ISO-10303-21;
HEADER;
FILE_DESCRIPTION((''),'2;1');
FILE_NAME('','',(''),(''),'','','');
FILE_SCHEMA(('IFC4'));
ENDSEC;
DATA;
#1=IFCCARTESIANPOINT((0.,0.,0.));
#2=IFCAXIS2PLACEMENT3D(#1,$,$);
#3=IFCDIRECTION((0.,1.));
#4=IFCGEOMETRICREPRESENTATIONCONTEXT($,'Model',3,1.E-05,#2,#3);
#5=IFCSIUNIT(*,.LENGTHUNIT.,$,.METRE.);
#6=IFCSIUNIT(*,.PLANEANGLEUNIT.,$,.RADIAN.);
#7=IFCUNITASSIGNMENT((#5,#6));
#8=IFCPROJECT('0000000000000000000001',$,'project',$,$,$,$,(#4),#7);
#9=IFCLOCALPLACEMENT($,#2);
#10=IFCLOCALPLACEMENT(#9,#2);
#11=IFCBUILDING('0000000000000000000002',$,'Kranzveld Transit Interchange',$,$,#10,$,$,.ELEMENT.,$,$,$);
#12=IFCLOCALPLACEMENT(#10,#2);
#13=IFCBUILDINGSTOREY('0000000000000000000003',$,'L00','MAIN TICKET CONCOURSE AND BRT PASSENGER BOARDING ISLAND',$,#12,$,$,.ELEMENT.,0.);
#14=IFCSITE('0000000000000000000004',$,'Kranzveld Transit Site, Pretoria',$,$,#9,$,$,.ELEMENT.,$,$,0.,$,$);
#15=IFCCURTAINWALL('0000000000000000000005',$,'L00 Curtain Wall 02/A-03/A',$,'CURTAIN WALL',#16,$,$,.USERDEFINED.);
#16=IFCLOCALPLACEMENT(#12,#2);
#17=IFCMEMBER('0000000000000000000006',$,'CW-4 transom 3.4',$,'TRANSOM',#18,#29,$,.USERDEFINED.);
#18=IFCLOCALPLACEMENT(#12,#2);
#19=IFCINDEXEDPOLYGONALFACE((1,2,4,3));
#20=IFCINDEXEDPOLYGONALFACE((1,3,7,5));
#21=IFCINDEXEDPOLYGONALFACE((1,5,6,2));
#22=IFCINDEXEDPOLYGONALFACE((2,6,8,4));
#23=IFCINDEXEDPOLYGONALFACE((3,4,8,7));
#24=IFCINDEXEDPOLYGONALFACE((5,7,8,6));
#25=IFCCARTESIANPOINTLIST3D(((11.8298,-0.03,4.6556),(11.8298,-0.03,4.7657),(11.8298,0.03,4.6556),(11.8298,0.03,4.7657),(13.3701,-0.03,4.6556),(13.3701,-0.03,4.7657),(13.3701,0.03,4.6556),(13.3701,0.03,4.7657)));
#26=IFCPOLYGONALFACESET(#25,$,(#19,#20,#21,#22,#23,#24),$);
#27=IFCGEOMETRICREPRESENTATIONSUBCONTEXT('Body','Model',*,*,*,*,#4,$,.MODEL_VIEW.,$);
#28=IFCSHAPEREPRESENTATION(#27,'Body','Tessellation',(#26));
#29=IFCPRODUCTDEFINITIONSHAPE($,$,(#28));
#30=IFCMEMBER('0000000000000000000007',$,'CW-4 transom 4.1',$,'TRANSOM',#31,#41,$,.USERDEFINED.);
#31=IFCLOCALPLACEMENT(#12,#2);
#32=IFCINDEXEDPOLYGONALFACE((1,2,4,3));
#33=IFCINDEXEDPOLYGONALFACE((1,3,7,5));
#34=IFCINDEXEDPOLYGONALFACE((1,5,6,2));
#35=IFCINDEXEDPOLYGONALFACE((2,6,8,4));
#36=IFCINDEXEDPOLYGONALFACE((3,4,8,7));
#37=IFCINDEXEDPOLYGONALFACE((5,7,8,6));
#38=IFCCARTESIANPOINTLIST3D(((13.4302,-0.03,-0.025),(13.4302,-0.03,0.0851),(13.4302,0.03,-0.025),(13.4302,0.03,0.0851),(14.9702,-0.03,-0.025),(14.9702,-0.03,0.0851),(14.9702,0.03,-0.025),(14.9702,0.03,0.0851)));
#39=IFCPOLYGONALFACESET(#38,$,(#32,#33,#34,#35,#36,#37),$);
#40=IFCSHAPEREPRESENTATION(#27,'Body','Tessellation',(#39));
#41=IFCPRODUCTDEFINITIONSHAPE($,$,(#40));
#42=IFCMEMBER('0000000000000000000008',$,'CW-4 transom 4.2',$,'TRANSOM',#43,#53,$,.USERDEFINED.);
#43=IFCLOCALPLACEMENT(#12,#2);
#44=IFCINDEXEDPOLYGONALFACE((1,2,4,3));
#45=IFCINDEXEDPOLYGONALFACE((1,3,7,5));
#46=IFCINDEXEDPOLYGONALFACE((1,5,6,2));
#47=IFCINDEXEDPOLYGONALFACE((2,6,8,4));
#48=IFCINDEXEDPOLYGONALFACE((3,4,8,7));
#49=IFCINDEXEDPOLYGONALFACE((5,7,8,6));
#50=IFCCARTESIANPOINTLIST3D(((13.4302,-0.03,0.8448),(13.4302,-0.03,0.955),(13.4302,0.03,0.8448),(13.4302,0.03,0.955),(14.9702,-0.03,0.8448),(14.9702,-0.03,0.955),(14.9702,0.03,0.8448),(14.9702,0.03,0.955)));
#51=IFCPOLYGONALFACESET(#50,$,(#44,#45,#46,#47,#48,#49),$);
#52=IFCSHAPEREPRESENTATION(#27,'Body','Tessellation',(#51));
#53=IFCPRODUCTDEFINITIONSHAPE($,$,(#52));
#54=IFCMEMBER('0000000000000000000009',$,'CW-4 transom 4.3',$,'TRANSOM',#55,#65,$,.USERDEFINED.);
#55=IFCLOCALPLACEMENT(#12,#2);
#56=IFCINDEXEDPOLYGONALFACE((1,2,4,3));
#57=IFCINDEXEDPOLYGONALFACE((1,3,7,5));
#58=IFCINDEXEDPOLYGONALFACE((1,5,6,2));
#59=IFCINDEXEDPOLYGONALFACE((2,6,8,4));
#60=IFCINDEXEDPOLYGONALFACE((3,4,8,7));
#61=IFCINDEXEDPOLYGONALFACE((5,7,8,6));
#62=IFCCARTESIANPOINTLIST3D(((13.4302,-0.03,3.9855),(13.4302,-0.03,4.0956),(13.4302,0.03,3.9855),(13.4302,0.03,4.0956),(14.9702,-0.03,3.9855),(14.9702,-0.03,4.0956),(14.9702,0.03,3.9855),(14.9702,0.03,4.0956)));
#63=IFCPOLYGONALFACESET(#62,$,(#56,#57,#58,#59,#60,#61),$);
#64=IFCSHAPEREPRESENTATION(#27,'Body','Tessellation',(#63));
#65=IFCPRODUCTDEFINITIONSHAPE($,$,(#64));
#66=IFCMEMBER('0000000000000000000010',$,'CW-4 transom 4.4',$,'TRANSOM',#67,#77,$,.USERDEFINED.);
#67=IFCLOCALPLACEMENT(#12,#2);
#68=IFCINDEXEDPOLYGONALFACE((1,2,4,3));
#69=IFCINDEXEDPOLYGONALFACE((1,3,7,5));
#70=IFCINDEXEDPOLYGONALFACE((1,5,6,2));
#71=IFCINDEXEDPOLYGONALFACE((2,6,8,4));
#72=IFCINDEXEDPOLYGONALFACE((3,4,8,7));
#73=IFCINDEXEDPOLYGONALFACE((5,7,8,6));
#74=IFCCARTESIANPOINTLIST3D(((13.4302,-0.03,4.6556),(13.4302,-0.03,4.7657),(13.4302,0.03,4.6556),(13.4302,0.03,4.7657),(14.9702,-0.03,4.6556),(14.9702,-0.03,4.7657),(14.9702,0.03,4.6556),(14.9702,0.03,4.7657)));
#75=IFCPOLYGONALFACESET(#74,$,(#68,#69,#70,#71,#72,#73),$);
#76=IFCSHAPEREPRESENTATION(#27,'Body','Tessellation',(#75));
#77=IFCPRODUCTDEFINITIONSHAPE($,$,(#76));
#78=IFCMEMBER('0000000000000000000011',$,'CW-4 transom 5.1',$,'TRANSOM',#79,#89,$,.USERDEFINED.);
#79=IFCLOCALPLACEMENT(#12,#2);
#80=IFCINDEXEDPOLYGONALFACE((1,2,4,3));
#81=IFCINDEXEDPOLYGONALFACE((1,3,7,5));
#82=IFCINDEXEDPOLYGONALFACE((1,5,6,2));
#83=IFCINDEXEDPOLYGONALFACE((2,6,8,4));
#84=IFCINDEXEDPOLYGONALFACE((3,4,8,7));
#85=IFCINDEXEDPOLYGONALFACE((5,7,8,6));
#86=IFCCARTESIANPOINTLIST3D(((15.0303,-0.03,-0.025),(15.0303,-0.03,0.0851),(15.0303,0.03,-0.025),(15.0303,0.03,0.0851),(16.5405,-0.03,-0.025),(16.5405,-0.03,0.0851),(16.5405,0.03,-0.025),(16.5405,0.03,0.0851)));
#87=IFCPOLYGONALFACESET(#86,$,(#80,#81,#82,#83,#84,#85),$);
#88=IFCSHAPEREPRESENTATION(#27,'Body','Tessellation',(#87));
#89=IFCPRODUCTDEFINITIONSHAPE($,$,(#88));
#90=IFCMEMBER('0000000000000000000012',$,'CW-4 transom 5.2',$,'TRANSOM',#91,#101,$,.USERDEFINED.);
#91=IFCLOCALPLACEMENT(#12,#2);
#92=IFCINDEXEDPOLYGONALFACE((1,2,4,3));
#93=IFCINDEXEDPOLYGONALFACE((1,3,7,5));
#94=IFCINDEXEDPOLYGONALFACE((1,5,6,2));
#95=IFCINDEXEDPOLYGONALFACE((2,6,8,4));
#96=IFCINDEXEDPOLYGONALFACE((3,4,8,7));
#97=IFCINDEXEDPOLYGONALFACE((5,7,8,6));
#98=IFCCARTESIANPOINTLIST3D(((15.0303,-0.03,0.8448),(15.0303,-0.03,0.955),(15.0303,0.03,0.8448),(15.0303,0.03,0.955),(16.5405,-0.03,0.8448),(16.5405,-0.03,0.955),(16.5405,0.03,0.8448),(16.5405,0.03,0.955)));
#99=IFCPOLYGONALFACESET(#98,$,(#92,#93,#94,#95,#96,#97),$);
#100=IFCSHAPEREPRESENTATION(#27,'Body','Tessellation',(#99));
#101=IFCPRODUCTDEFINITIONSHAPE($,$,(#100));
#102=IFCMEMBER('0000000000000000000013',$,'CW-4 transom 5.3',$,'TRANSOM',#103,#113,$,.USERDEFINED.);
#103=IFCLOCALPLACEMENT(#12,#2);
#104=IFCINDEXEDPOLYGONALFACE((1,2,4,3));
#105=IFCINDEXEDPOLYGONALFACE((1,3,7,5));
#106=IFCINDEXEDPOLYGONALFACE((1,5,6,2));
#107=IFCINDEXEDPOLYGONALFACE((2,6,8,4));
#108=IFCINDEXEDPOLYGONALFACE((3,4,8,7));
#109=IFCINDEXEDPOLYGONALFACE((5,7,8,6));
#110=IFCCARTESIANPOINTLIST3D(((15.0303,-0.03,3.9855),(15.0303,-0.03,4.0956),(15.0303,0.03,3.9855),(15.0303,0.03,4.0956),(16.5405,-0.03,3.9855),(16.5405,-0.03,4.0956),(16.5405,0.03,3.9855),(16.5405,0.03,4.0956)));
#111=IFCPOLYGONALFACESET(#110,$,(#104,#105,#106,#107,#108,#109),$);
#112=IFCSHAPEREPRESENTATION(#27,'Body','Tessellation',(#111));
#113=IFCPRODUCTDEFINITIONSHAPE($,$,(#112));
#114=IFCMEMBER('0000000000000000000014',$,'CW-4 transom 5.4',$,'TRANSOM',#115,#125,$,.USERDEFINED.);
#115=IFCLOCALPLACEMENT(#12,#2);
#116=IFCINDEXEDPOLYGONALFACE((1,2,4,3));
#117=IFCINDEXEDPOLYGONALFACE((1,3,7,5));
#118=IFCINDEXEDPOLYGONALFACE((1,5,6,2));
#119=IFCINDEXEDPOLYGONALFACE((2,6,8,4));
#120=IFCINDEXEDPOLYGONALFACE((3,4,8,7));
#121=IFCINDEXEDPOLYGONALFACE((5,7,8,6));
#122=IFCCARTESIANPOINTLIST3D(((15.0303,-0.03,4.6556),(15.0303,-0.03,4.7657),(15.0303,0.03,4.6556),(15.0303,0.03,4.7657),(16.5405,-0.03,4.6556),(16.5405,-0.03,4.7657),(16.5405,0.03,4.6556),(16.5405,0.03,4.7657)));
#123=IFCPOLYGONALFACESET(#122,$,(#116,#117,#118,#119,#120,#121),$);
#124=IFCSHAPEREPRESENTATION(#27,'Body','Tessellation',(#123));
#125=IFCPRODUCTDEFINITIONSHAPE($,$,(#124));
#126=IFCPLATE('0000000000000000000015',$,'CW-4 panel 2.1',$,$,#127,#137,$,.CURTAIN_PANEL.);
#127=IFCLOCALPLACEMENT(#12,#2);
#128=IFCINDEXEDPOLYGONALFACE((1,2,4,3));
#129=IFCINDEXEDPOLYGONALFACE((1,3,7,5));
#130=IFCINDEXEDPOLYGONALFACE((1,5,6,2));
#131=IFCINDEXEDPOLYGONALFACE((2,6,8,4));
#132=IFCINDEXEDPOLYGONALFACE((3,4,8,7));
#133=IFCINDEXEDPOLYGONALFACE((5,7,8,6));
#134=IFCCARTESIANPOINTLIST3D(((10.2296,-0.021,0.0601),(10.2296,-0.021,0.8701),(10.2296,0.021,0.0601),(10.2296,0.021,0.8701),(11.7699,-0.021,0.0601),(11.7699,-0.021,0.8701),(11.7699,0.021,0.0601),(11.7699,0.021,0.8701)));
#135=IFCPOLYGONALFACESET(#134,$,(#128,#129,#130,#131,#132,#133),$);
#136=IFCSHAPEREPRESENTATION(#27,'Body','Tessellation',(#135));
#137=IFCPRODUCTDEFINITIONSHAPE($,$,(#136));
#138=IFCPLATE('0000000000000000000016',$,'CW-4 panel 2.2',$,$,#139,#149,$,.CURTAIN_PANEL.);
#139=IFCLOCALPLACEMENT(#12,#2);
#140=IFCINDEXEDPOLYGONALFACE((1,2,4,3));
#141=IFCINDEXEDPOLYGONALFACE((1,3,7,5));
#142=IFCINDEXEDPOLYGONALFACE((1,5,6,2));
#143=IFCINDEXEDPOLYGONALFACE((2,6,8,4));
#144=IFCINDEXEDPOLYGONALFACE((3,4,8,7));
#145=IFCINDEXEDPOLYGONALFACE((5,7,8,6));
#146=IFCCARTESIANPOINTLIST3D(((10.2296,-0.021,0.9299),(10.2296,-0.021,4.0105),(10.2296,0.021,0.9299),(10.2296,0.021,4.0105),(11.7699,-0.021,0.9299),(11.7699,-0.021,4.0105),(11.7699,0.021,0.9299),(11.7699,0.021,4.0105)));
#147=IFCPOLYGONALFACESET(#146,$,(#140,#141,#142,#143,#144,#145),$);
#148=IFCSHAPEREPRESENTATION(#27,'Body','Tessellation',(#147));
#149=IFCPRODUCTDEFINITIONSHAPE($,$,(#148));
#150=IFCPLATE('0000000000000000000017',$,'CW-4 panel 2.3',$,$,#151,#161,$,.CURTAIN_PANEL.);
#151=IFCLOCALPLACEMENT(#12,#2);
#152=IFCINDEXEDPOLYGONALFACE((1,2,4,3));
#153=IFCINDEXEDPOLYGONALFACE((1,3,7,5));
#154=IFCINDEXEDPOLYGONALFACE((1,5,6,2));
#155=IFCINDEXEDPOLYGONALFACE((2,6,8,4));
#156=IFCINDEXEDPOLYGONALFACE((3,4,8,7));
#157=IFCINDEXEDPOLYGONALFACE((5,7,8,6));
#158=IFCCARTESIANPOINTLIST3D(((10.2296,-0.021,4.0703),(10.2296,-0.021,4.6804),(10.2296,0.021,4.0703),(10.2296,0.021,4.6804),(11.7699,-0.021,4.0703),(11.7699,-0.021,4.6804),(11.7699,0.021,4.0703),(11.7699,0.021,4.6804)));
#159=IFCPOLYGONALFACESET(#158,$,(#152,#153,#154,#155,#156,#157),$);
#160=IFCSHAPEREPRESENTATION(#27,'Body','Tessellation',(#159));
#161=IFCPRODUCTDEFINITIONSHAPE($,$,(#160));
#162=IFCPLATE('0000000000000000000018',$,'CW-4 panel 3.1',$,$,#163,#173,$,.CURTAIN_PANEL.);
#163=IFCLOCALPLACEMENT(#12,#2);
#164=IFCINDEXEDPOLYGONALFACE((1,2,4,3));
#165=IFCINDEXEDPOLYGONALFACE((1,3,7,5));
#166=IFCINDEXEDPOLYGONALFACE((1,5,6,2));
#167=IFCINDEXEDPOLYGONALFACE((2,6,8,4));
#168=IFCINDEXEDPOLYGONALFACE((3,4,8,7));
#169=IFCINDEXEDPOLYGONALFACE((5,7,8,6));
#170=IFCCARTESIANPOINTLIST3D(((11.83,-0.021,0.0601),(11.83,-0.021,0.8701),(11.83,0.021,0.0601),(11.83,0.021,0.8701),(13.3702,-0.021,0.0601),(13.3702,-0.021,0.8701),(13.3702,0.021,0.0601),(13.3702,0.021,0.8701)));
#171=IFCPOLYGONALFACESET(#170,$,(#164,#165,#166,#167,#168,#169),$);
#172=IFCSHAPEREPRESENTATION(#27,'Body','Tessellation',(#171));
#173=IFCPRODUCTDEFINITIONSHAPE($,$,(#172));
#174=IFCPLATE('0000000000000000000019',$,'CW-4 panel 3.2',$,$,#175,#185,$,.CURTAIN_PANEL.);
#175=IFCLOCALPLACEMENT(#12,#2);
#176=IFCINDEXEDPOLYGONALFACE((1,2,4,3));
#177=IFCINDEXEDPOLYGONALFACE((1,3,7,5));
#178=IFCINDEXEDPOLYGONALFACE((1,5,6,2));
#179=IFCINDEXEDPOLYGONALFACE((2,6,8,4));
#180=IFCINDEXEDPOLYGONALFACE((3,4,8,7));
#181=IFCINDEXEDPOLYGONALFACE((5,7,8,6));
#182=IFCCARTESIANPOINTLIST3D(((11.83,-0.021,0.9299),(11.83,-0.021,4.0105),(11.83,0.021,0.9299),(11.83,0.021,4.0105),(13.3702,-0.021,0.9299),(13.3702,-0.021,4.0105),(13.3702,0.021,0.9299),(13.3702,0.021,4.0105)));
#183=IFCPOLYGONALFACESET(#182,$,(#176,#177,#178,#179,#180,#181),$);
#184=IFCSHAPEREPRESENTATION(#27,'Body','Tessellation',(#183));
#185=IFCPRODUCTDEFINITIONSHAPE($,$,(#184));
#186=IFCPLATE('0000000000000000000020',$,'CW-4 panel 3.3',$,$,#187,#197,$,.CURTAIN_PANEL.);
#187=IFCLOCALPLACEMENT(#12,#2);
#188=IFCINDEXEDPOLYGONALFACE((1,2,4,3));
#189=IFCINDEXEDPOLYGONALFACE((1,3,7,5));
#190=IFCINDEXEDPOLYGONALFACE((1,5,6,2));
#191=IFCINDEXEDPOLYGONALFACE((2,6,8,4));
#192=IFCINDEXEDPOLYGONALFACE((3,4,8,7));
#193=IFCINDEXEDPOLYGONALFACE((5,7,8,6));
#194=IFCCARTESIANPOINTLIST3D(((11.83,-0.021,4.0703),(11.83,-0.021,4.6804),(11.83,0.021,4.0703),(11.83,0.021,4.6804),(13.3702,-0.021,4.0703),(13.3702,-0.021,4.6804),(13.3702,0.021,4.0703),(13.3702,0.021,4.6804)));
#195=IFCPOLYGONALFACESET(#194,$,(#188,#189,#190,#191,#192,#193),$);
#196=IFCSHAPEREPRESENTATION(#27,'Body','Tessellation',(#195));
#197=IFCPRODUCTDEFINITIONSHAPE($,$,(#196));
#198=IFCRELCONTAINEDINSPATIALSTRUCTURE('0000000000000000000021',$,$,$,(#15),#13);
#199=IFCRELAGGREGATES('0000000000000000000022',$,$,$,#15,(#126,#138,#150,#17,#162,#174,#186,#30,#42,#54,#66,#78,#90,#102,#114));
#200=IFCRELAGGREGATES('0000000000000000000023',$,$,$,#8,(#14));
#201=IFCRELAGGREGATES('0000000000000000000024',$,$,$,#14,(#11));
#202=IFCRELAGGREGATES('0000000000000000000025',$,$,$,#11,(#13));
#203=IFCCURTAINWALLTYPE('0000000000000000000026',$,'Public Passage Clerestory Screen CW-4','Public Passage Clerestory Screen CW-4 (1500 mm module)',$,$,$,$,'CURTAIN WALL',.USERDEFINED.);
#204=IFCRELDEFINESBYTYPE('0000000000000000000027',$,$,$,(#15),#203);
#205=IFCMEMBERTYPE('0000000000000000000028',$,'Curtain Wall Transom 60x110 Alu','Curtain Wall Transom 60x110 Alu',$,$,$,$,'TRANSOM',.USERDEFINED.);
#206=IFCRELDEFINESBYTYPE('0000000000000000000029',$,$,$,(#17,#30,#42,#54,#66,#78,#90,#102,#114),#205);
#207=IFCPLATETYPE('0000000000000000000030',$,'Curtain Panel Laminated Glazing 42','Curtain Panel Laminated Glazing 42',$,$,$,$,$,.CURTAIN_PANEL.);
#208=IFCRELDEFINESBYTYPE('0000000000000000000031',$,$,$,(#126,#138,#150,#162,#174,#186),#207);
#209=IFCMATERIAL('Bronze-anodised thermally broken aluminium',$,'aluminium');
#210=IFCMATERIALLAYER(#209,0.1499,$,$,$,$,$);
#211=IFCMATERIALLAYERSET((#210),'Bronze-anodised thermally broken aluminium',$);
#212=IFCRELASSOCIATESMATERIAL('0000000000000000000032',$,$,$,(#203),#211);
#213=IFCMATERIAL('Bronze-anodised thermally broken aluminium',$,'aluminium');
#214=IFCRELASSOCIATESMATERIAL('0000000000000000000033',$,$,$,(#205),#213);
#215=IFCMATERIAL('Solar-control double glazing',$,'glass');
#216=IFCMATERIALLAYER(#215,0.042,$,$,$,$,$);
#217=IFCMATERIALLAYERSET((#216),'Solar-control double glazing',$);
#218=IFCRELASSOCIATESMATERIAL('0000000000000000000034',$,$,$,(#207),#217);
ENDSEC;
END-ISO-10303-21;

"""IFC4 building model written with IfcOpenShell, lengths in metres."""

from ifc_helpers import new_model, si_unit, direction, frame, origin, origin_2d, place, context, subcontext, project, spatial, rectangle, extrude, material, layer, layer_set, material_profile, profile_set, type_object, element, aggregate, save


model = new_model("IFC4")

# Units and contexts
model_context = context("Model", 3, precision=1e-05, world=origin(), true_north=direction((0.0, 1.0)))
body_context = subcontext(model_context, "Body", "Model", "MODEL_VIEW")
ifc_project = project(units=[si_unit("LENGTHUNIT", "METRE"), si_unit("PLANEANGLEUNIT", "RADIAN")], contexts=[model_context])

# Site, building, storey
site_placement = place(None, origin())
site = spatial("IfcSite", under=ifc_project, at=site_placement, Name="Kranzveld Transit Site, Pretoria", CompositionType="ELEMENT", RefElevation=0.0)
building_placement = place(site_placement, origin())
building = spatial("IfcBuilding", under=site, at=building_placement, Name="Kranzveld Transit Interchange", CompositionType="ELEMENT")
storey_placement = place(building_placement, origin())
storey = spatial("IfcBuildingStorey", under=building, at=storey_placement, Name="L00", Description="MAIN TICKET CONCOURSE AND BRT PASSENGER BOARDING ISLAND", CompositionType="ELEMENT", Elevation=0.0)

# Curtain wall, members, plates
ifc_material_1 = material(Name="Bronze-anodised thermally broken aluminium", Category="aluminium")
ifc_layer_1 = layer(ifc_material_1, 0.1499)
ifc_layer_set_1 = layer_set([ifc_layer_1], Name="Bronze-anodised thermally broken aluminium")
curtain_wall_type = type_object("IfcCurtainWallType", Name="Public Passage Clerestory Screen CW-4", Description="Public Passage Clerestory Screen CW-4 (1500 mm module)", ElementType="CURTAIN WALL", PredefinedType="USERDEFINED", material=ifc_layer_set_1)
curtain_wall_placement = place(storey_placement, origin())
curtain_wall = element("IfcCurtainWall", 1, at=curtain_wall_placement, inside=storey, type_object=curtain_wall_type, Name="L00 Curtain Wall 02/A-03/A", ObjectType="CURTAIN WALL", PredefinedType="USERDEFINED")
ifc_material_2 = material(Name="Bronze-anodised thermally broken aluminium", Category="aluminium")
ifc_material_profile_1 = material_profile(ifc_material_2, rectangle(XDim=0.0601, YDim=0.1101, at=origin_2d()), Name="ALU TRANSOM 60x110")
ifc_profile_set_1 = profile_set([ifc_material_profile_1], Name="Bronze-anodised thermally broken aluminium")
member_type_1 = type_object("IfcMemberType", Name="Curtain Wall Transom 60x110 Alu", Description="Curtain Wall Transom 60x110 Alu", ElementType="TRANSOM", PredefinedType="USERDEFINED", material=ifc_profile_set_1)
member_1_placement = place(storey_placement, frame((11.8298, 0.0, 4.7107), z_axis=(1.0, 0.0, 0.0), x_axis=(0.0, 1.0, 0.0)))
member_1 = element("IfcMember", 2, at=member_1_placement, type_object=member_type_1, Name="CW-4 transom 3.4", ObjectType="TRANSOM", PredefinedType="USERDEFINED", context=body_context, shape_type="SweptSolid", body=[
    extrude(rectangle(XDim=0.0601, YDim=0.1101, at=origin_2d()), origin(), (0.0, 0.0, 1.0), 1.5403),
])
member_2_placement = place(storey_placement, frame((13.4302, 0.0, 0.03), z_axis=(1.0, 0.0, 0.0), x_axis=(0.0, 1.0, 0.0)))
member_2 = element("IfcMember", 3, at=member_2_placement, type_object=member_type_1, Name="CW-4 transom 4.1", ObjectType="TRANSOM", PredefinedType="USERDEFINED", context=body_context, shape_type="SweptSolid", body=[
    extrude(rectangle(XDim=0.0601, YDim=0.1101, at=origin_2d()), origin(), (0.0, 0.0, 1.0), 1.54),
])
member_3_placement = place(storey_placement, frame((13.4302, 0.0, 0.8999), z_axis=(1.0, 0.0, 0.0), x_axis=(0.0, 1.0, 0.0)))
member_3 = element("IfcMember", 4, at=member_3_placement, type_object=member_type_1, Name="CW-4 transom 4.2", ObjectType="TRANSOM", PredefinedType="USERDEFINED", context=body_context, shape_type="SweptSolid", body=[
    extrude(rectangle(XDim=0.0601, YDim=0.1101, at=origin_2d()), origin(), (0.0, 0.0, 1.0), 1.54),
])
member_4_placement = place(storey_placement, frame((13.4302, 0.0, 4.0405), z_axis=(1.0, 0.0, 0.0), x_axis=(0.0, 1.0, 0.0)))
member_4 = element("IfcMember", 5, at=member_4_placement, type_object=member_type_1, Name="CW-4 transom 4.3", ObjectType="TRANSOM", PredefinedType="USERDEFINED", context=body_context, shape_type="SweptSolid", body=[
    extrude(rectangle(XDim=0.0601, YDim=0.1101, at=origin_2d()), origin(), (0.0, 0.0, 1.0), 1.54),
])
member_5_placement = place(storey_placement, frame((13.4302, 0.0, 4.7107), z_axis=(1.0, 0.0, 0.0), x_axis=(0.0, 1.0, 0.0)))
member_5 = element("IfcMember", 6, at=member_5_placement, type_object=member_type_1, Name="CW-4 transom 4.4", ObjectType="TRANSOM", PredefinedType="USERDEFINED", context=body_context, shape_type="SweptSolid", body=[
    extrude(rectangle(XDim=0.0601, YDim=0.1101, at=origin_2d()), origin(), (0.0, 0.0, 1.0), 1.54),
])
member_6_placement = place(storey_placement, frame((15.0303, 0.0, 0.03), z_axis=(1.0, 0.0, 0.0), x_axis=(0.0, 1.0, 0.0)))
member_6 = element("IfcMember", 7, at=member_6_placement, type_object=member_type_1, Name="CW-4 transom 5.1", ObjectType="TRANSOM", PredefinedType="USERDEFINED", context=body_context, shape_type="SweptSolid", body=[
    extrude(rectangle(XDim=0.0601, YDim=0.1101, at=origin_2d()), origin(), (0.0, 0.0, 1.0), 1.5103),
])
member_7_placement = place(storey_placement, frame((15.0303, 0.0, 0.8999), z_axis=(1.0, 0.0, 0.0), x_axis=(0.0, 1.0, 0.0)))
member_7 = element("IfcMember", 8, at=member_7_placement, type_object=member_type_1, Name="CW-4 transom 5.2", ObjectType="TRANSOM", PredefinedType="USERDEFINED", context=body_context, shape_type="SweptSolid", body=[
    extrude(rectangle(XDim=0.0601, YDim=0.1101, at=origin_2d()), origin(), (0.0, 0.0, 1.0), 1.5103),
])
member_8_placement = place(storey_placement, frame((15.0303, 0.0, 4.0405), z_axis=(1.0, 0.0, 0.0), x_axis=(0.0, 1.0, 0.0)))
member_8 = element("IfcMember", 9, at=member_8_placement, type_object=member_type_1, Name="CW-4 transom 5.3", ObjectType="TRANSOM", PredefinedType="USERDEFINED", context=body_context, shape_type="SweptSolid", body=[
    extrude(rectangle(XDim=0.0601, YDim=0.1101, at=origin_2d()), origin(), (0.0, 0.0, 1.0), 1.5103),
])
member_9_placement = place(storey_placement, frame((15.0303, 0.0, 4.7107), z_axis=(1.0, 0.0, 0.0), x_axis=(0.0, 1.0, 0.0)))
member_9 = element("IfcMember", 10, at=member_9_placement, type_object=member_type_1, Name="CW-4 transom 5.4", ObjectType="TRANSOM", PredefinedType="USERDEFINED", context=body_context, shape_type="SweptSolid", body=[
    extrude(rectangle(XDim=0.0601, YDim=0.1101, at=origin_2d()), origin(), (0.0, 0.0, 1.0), 1.5103),
])
ifc_material_3 = material(Name="Solar-control double glazing", Category="glass")
ifc_layer_2 = layer(ifc_material_3, 0.042)
ifc_layer_set_2 = layer_set([ifc_layer_2], Name="Solar-control double glazing")
plate_type = type_object("IfcPlateType", Name="Curtain Panel Laminated Glazing 42", Description="Curtain Panel Laminated Glazing 42", PredefinedType="CURTAIN_PANEL", material=ifc_layer_set_2)
plate_1_placement = place(storey_placement, frame((10.9998, 0.0, 0.0601), z_axis=(0.0, 0.0, 1.0), x_axis=(1.0, 0.0, 0.0)))
plate_1 = element("IfcPlate", 11, at=plate_1_placement, type_object=plate_type, Name="CW-4 panel 2.1", PredefinedType="CURTAIN_PANEL", context=body_context, shape_type="SweptSolid", body=[
    extrude(rectangle(XDim=1.5403, YDim=0.042, at=origin_2d()), origin(), (0.0, 0.0, 1.0), 0.8101),
])
plate_2_placement = place(storey_placement, frame((10.9998, 0.0, 0.9299), z_axis=(0.0, 0.0, 1.0), x_axis=(1.0, 0.0, 0.0)))
plate_2 = element("IfcPlate", 12, at=plate_2_placement, type_object=plate_type, Name="CW-4 panel 2.2", PredefinedType="CURTAIN_PANEL", context=body_context, shape_type="SweptSolid", body=[
    extrude(rectangle(XDim=1.5403, YDim=0.042, at=origin_2d()), origin(), (0.0, 0.0, 1.0), 3.0806),
])
plate_3_placement = place(storey_placement, frame((10.9998, 0.0, 4.0703), z_axis=(0.0, 0.0, 1.0), x_axis=(1.0, 0.0, 0.0)))
plate_3 = element("IfcPlate", 13, at=plate_3_placement, type_object=plate_type, Name="CW-4 panel 2.3", PredefinedType="CURTAIN_PANEL", context=body_context, shape_type="SweptSolid", body=[
    extrude(rectangle(XDim=1.5403, YDim=0.042, at=origin_2d()), origin(), (0.0, 0.0, 1.0), 0.6101),
])
plate_4_placement = place(storey_placement, frame((12.6001, 0.0, 0.0601), z_axis=(0.0, 0.0, 1.0), x_axis=(1.0, 0.0, 0.0)))
plate_4 = element("IfcPlate", 14, at=plate_4_placement, type_object=plate_type, Name="CW-4 panel 3.1", PredefinedType="CURTAIN_PANEL", context=body_context, shape_type="SweptSolid", body=[
    extrude(rectangle(XDim=1.5403, YDim=0.042, at=origin_2d()), origin(), (0.0, 0.0, 1.0), 0.8101),
])
plate_5_placement = place(storey_placement, frame((12.6001, 0.0, 0.9299), z_axis=(0.0, 0.0, 1.0), x_axis=(1.0, 0.0, 0.0)))
plate_5 = element("IfcPlate", 15, at=plate_5_placement, type_object=plate_type, Name="CW-4 panel 3.2", PredefinedType="CURTAIN_PANEL", context=body_context, shape_type="SweptSolid", body=[
    extrude(rectangle(XDim=1.5403, YDim=0.042, at=origin_2d()), origin(), (0.0, 0.0, 1.0), 3.0806),
])
plate_6_placement = place(storey_placement, frame((12.6001, 0.0, 4.0703), z_axis=(0.0, 0.0, 1.0), x_axis=(1.0, 0.0, 0.0)))
plate_6 = element("IfcPlate", 16, at=plate_6_placement, type_object=plate_type, Name="CW-4 panel 3.3", PredefinedType="CURTAIN_PANEL", context=body_context, shape_type="SweptSolid", body=[
    extrude(rectangle(XDim=1.5403, YDim=0.042, at=origin_2d()), origin(), (0.0, 0.0, 1.0), 0.6101),
])
aggregate(curtain_wall, [plate_1, plate_2, plate_3, member_1, plate_4, plate_5, plate_6, member_2, member_3, member_4, member_5, member_6, member_7, member_8, member_9])

save(model, "model.ifc")
